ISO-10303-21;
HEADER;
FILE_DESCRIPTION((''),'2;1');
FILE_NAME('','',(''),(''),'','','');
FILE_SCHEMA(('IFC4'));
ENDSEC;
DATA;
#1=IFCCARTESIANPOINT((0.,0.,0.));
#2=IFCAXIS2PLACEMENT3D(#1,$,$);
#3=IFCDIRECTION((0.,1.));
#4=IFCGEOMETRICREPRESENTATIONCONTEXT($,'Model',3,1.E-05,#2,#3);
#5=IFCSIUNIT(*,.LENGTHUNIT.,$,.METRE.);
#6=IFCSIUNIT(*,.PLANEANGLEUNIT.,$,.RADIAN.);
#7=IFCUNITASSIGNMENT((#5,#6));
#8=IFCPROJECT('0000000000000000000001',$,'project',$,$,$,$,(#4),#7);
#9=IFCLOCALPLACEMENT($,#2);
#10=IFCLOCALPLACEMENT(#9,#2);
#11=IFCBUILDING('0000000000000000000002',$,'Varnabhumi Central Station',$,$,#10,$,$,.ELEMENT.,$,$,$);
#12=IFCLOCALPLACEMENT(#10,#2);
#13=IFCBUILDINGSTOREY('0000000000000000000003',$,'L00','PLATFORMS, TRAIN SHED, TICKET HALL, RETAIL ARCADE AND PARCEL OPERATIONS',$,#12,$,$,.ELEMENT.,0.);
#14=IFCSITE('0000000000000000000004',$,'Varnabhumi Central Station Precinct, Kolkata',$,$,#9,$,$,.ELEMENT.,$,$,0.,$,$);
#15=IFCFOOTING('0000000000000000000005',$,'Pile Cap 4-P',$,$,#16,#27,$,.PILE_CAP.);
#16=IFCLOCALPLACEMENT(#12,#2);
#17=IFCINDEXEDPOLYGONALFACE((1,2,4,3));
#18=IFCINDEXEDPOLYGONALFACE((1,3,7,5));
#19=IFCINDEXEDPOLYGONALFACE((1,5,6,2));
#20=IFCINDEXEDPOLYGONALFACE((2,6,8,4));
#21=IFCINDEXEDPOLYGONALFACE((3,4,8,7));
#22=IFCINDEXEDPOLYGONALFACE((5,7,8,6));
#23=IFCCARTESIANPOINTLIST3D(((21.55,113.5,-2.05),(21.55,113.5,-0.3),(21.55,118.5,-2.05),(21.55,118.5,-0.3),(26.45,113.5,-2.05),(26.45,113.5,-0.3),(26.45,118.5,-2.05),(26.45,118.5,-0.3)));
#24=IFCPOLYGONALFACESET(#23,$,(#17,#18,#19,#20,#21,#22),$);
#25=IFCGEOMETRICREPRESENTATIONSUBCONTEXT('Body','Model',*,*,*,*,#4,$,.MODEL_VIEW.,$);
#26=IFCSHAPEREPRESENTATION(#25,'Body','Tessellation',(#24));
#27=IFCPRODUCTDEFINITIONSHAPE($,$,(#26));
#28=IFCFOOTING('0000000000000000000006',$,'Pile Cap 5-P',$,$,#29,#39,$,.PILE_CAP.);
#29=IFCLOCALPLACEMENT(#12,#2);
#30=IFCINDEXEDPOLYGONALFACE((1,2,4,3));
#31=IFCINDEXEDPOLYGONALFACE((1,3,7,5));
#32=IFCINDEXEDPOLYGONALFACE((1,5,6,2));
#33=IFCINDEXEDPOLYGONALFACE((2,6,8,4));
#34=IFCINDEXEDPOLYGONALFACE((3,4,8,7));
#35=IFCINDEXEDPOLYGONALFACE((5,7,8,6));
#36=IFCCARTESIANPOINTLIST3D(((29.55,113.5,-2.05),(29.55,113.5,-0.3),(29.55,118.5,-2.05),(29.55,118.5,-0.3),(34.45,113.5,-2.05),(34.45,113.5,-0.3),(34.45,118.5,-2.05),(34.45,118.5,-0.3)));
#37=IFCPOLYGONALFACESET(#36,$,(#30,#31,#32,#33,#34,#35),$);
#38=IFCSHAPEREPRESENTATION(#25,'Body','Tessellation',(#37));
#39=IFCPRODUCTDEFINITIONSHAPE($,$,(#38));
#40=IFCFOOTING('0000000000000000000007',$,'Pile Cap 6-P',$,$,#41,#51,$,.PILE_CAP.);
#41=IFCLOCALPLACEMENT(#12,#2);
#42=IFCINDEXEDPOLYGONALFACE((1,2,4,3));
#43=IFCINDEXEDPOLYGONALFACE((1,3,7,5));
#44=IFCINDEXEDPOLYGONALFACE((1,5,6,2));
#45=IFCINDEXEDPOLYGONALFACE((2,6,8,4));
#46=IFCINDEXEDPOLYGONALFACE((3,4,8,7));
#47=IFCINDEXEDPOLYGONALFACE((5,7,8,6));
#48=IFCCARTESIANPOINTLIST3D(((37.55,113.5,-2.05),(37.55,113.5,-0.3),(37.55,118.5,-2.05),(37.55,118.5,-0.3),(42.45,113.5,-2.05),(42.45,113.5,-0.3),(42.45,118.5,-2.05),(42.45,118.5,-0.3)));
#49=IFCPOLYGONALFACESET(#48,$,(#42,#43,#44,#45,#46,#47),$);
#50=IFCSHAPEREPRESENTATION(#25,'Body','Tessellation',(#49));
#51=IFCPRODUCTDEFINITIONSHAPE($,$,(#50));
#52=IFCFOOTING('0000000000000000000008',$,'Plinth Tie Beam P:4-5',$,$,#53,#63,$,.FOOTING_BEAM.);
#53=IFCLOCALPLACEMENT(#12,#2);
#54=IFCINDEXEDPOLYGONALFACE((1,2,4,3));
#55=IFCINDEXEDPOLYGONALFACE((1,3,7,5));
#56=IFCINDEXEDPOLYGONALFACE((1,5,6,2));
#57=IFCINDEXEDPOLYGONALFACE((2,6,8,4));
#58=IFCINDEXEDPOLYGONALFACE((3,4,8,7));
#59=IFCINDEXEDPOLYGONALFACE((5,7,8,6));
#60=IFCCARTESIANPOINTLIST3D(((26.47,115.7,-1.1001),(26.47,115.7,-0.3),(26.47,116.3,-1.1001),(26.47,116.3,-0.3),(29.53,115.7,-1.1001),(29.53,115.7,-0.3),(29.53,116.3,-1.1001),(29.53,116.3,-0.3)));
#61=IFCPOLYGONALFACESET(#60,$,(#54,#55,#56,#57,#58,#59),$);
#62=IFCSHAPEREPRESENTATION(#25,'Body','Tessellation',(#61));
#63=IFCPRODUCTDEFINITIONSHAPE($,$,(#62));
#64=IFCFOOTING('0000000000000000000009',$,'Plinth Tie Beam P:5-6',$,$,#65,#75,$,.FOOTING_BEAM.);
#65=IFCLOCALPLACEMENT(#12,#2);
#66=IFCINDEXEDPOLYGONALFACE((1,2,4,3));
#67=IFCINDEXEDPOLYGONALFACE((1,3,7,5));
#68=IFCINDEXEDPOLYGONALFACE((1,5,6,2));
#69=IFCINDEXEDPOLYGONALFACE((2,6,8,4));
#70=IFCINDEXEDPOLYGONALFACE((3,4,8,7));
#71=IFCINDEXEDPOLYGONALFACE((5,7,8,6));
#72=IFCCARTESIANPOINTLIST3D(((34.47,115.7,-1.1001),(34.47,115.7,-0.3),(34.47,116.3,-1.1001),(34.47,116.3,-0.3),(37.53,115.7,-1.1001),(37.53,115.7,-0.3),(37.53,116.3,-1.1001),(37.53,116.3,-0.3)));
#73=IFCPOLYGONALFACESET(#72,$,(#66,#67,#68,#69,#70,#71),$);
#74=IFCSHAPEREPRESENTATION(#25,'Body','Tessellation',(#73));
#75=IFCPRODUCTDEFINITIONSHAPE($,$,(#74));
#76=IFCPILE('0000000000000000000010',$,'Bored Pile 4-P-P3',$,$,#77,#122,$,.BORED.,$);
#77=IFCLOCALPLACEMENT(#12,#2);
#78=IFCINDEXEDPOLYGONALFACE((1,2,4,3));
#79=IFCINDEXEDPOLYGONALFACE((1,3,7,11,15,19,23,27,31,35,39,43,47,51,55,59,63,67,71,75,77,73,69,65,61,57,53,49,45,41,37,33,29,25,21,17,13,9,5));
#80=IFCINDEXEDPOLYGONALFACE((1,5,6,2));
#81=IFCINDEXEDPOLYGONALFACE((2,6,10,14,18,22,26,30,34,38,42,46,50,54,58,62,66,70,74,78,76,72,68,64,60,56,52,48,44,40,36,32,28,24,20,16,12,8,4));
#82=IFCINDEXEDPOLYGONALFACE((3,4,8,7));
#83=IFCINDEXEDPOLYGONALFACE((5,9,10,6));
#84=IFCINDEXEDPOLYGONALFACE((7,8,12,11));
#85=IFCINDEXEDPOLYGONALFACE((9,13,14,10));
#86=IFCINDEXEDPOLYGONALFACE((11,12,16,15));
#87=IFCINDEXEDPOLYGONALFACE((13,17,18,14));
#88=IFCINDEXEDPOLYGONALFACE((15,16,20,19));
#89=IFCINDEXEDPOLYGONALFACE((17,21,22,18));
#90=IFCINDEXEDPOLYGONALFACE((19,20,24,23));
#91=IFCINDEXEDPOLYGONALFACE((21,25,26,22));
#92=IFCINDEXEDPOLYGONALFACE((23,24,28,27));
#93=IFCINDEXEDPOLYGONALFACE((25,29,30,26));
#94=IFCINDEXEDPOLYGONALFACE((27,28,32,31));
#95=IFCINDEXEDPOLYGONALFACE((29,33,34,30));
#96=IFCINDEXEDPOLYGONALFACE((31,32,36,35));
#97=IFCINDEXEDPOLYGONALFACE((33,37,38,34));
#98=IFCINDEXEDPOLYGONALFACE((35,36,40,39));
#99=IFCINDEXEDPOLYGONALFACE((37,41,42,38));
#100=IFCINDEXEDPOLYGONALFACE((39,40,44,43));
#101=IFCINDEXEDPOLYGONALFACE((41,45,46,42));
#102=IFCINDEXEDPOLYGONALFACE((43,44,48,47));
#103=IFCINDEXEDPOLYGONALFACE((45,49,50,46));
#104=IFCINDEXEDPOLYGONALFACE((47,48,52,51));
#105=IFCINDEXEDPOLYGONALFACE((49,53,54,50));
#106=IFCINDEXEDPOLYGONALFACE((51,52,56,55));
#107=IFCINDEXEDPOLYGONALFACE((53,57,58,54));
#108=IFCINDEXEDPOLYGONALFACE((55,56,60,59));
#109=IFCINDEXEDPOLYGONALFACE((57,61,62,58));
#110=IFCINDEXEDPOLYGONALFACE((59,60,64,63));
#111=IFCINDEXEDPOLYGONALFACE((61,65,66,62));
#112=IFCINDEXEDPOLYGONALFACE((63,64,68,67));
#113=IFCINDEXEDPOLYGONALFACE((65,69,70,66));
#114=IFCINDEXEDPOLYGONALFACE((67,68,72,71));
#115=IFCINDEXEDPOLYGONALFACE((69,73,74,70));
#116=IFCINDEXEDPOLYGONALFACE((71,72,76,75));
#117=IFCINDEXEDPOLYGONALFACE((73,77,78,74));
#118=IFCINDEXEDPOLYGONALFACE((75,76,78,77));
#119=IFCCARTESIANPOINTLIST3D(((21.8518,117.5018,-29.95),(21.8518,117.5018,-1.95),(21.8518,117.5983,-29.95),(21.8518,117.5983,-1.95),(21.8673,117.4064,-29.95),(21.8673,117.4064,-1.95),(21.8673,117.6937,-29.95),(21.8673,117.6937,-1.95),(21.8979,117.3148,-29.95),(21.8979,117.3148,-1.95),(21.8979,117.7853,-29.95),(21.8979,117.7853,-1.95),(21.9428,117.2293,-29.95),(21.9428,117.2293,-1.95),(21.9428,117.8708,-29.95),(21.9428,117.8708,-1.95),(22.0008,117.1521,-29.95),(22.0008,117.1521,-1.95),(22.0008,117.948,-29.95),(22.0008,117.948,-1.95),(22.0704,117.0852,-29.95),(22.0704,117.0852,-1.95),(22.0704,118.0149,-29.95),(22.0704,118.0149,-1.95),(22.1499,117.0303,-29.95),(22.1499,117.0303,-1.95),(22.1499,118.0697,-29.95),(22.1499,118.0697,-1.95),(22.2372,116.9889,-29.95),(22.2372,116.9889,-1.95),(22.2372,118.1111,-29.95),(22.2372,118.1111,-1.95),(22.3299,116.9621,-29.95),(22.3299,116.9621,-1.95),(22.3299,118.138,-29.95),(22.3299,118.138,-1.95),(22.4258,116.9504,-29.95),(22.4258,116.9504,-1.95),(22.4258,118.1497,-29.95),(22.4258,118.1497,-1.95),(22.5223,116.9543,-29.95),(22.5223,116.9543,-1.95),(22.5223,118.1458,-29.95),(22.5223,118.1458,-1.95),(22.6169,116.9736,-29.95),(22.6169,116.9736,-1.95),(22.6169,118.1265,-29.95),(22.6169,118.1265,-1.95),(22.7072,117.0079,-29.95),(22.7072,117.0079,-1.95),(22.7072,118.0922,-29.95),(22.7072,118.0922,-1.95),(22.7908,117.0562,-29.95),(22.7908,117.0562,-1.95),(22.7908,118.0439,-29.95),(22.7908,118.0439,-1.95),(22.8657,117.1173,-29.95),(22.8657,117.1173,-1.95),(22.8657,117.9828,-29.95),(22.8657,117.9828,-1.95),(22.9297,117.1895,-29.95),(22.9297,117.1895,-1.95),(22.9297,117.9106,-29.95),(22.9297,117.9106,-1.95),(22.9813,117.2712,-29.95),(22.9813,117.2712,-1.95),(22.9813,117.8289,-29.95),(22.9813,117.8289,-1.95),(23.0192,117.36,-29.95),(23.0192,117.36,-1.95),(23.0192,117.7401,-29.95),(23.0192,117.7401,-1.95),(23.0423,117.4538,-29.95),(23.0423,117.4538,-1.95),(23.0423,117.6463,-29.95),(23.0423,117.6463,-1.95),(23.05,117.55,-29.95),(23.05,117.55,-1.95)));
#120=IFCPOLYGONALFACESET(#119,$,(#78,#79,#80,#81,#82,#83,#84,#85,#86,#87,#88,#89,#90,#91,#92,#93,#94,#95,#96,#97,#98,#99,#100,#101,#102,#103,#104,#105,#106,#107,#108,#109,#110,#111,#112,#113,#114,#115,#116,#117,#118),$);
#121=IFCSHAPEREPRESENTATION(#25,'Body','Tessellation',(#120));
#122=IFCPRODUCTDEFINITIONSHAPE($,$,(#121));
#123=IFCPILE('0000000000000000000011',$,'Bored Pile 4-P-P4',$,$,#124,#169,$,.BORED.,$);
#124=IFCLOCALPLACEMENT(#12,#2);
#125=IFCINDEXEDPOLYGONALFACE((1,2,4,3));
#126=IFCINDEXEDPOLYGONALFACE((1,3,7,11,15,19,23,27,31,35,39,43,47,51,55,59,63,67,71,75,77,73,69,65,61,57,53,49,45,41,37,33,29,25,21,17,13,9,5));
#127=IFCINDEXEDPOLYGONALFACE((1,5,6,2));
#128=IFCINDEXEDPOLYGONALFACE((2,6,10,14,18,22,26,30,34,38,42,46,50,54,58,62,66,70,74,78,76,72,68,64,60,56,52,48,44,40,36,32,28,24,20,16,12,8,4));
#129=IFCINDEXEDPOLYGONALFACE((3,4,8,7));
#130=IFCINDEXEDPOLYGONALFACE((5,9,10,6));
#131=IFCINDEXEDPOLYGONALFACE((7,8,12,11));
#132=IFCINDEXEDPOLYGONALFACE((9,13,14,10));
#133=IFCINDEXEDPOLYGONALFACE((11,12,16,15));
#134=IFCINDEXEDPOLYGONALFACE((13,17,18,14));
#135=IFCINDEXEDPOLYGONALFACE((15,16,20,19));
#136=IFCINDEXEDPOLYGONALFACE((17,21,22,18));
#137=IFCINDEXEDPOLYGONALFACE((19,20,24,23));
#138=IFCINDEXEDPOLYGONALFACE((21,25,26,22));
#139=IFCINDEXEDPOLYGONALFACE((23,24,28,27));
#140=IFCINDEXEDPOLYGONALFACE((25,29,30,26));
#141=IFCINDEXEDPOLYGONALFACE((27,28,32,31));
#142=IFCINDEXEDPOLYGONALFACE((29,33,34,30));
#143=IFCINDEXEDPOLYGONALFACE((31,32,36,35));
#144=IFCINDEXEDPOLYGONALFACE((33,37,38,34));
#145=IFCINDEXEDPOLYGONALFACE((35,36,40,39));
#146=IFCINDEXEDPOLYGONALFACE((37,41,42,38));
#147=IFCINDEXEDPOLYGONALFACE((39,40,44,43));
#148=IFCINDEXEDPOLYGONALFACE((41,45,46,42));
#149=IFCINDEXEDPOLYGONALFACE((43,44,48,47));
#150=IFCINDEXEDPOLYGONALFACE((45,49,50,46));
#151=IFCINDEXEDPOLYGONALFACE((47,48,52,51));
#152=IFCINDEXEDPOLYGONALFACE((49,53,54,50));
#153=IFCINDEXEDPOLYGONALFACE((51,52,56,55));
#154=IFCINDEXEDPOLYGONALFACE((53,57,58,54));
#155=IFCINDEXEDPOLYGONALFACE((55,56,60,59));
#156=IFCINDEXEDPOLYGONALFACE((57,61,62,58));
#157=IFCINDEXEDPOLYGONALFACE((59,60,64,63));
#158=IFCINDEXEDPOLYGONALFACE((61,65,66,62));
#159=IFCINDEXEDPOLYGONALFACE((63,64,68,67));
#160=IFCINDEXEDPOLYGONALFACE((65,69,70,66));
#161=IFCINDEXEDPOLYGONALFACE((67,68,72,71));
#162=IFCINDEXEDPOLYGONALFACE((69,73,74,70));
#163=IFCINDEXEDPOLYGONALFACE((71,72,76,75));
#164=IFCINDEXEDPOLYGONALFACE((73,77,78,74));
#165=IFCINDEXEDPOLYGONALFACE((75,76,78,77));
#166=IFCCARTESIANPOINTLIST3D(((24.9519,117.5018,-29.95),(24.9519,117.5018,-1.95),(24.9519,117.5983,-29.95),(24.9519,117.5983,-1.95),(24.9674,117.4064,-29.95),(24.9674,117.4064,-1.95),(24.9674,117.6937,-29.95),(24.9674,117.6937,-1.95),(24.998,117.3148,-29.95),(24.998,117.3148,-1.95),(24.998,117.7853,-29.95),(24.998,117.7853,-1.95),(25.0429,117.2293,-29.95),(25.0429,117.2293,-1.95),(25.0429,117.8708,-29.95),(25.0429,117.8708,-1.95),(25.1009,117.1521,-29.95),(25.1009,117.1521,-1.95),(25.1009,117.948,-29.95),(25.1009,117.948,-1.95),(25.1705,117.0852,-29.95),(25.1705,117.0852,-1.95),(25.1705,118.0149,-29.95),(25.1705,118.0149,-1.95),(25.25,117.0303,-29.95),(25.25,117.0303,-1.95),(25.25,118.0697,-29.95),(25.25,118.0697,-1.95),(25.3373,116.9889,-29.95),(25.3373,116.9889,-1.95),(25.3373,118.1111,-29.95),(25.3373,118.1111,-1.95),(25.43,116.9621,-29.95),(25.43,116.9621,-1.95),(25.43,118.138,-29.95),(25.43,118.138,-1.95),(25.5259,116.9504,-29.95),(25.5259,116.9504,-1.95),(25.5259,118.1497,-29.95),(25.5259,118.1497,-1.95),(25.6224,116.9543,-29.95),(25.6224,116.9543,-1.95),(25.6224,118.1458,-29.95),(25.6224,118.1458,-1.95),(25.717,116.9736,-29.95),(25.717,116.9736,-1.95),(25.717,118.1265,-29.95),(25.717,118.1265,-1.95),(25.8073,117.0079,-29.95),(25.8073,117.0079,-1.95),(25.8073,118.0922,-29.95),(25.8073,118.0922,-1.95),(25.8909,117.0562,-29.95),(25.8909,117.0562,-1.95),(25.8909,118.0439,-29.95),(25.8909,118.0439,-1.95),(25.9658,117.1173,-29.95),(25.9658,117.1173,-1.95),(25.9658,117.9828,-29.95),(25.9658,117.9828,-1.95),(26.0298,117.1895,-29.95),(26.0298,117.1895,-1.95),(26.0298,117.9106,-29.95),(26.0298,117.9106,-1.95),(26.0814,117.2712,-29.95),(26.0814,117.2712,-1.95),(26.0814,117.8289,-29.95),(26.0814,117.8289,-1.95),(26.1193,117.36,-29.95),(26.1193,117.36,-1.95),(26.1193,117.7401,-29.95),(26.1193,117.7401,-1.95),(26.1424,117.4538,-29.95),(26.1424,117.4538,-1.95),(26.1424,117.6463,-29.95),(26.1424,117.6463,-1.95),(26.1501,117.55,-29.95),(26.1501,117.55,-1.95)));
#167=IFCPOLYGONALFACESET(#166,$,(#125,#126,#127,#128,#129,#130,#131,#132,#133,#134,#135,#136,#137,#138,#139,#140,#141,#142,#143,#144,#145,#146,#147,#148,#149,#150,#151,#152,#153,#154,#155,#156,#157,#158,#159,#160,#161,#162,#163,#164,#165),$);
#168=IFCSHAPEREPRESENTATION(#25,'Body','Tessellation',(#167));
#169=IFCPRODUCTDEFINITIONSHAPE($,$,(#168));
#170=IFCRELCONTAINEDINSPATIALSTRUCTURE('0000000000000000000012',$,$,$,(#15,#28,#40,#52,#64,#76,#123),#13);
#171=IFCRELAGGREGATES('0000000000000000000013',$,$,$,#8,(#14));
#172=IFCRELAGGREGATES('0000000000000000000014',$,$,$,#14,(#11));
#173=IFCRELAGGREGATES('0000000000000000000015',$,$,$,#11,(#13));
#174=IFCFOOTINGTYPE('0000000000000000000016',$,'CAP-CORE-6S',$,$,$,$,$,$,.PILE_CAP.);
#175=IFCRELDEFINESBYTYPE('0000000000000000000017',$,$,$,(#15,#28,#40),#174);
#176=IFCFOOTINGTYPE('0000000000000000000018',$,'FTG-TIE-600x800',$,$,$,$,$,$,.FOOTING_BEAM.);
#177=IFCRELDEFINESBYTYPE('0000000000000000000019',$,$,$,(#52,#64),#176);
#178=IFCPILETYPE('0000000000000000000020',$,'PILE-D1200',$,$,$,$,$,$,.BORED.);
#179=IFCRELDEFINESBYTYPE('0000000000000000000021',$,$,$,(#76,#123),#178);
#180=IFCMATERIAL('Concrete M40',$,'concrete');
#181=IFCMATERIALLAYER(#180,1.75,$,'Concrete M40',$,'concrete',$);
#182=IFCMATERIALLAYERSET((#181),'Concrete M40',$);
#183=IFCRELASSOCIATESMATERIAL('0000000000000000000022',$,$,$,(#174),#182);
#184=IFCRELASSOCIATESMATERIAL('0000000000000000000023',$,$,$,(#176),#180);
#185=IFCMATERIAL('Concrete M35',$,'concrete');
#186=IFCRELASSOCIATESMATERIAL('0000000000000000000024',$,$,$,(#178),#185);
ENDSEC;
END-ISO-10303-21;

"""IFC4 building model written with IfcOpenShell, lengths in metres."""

from ifc_helpers import new_model, si_unit, direction, frame, origin, origin_2d, place, context, subcontext, project, spatial, rectangle, circle, extrude, material, layer, layer_set, material_profile, profile_set, type_object, element, save


model = new_model("IFC4")

# Units and contexts
model_context = context("Model", 3, precision=1e-05, world=origin(), true_north=direction((0.0, 1.0)))
body_context = subcontext(model_context, "Body", "Model", "MODEL_VIEW")
ifc_project = project(units=[si_unit("LENGTHUNIT", "METRE"), si_unit("PLANEANGLEUNIT", "RADIAN")], contexts=[model_context])

# Site, building, storey
site_placement = place(None, origin())
site = spatial("IfcSite", under=ifc_project, at=site_placement, Name="Varnabhumi Central Station Precinct, Kolkata", CompositionType="ELEMENT", RefElevation=0.0)
building_placement = place(site_placement, origin())
building = spatial("IfcBuilding", under=site, at=building_placement, Name="Varnabhumi Central Station", CompositionType="ELEMENT")
storey_placement = place(building_placement, origin())
storey = spatial("IfcBuildingStorey", under=building, at=storey_placement, Name="L00", Description="PLATFORMS, TRAIN SHED, TICKET HALL, RETAIL ARCADE AND PARCEL OPERATIONS", CompositionType="ELEMENT", Elevation=0.0)

# Footings
ifc_material_1 = material(Name="Concrete M40", Category="concrete")
ifc_layer_1 = layer(ifc_material_1, 1.75, Name="Concrete M40", Category="concrete")
ifc_layer_set_1 = layer_set([ifc_layer_1], Name="Concrete M40")
footing_type_1 = type_object("IfcFootingType", Name="CAP-CORE-6S", PredefinedType="PILE_CAP", material=ifc_layer_set_1)
for number, where, z_axis, x_axis, name in (
    (1, (24.0, 116.0, -2.05), (0.0, 0.0, 1.0), (1.0, 0.0, 0.0), "Pile Cap 4-P"),
    (2, (32.0, 116.0, -2.05), (0.0, 0.0, 1.0), (1.0, 0.0, 0.0), "Pile Cap 5-P"),
    (3, (40.0, 116.0, -2.05), (0.0, 0.0, 1.0), (1.0, 0.0, 0.0), "Pile Cap 6-P"),
):
    element("IfcFooting", number, at=place(storey_placement, frame(where, z_axis=z_axis, x_axis=x_axis)), inside=storey, type_object=footing_type_1, Name=name, PredefinedType="PILE_CAP", context=body_context, shape_type="SweptSolid", body=[
        extrude(rectangle(XDim=4.8999, YDim=5.0, at=origin_2d()), origin(), (0.0, 0.0, 1.0), 1.75),
    ])
footing_type_2 = type_object("IfcFootingType", Name="FTG-TIE-600x800", PredefinedType="FOOTING_BEAM", material=ifc_material_1)
for number, where, z_axis, x_axis, name in (
    (4, (28.0, 116.0, -1.1001), (0.0, 0.0, 1.0), (1.0, 0.0, 0.0), "Plinth Tie Beam P:4-5"),
    (5, (36.0, 116.0, -1.1001), (0.0, 0.0, 1.0), (1.0, 0.0, 0.0), "Plinth Tie Beam P:5-6"),
):
    element("IfcFooting", number, at=place(storey_placement, frame(where, z_axis=z_axis, x_axis=x_axis)), inside=storey, type_object=footing_type_2, Name=name, PredefinedType="FOOTING_BEAM", context=body_context, shape_type="SweptSolid", body=[
        extrude(rectangle(XDim=3.0601, YDim=0.6001, at=origin_2d()), origin(), (0.0, 0.0, 1.0), 0.8),
    ])

# Piles
ifc_material_2 = material(Name="Concrete M35", Category="concrete")
ifc_material_profile_1 = material_profile(ifc_material_2, circle(Radius=0.6001, at=origin_2d()), Name="Concrete M35", Category="concrete")
ifc_profile_set_1 = profile_set([ifc_material_profile_1], Name="Concrete M35")
pile_type_1 = type_object("IfcPileType", Name="PILE-D1200", PredefinedType="BORED", material=ifc_profile_set_1)
for number, where, z_axis, x_axis, name in (
    (6, (22.45, 117.55, -1.95), (0.0, 0.0, -1.0), (1.0, 0.0, 0.0), "Bored Pile 4-P-P3"),
    (7, (25.55, 117.55, -1.95), (0.0, 0.0, -1.0), (1.0, 0.0, 0.0), "Bored Pile 4-P-P4"),
):
    element("IfcPile", number, at=place(storey_placement, frame(where, z_axis=z_axis, x_axis=x_axis)), inside=storey, type_object=pile_type_1, Name=name, PredefinedType="BORED", context=body_context, shape_type="SweptSolid", body=[
        extrude(circle(Radius=0.6001, at=origin_2d()), origin(), (0.0, 0.0, 1.0), 28.0),
    ])

save(model, "model.ifc")
